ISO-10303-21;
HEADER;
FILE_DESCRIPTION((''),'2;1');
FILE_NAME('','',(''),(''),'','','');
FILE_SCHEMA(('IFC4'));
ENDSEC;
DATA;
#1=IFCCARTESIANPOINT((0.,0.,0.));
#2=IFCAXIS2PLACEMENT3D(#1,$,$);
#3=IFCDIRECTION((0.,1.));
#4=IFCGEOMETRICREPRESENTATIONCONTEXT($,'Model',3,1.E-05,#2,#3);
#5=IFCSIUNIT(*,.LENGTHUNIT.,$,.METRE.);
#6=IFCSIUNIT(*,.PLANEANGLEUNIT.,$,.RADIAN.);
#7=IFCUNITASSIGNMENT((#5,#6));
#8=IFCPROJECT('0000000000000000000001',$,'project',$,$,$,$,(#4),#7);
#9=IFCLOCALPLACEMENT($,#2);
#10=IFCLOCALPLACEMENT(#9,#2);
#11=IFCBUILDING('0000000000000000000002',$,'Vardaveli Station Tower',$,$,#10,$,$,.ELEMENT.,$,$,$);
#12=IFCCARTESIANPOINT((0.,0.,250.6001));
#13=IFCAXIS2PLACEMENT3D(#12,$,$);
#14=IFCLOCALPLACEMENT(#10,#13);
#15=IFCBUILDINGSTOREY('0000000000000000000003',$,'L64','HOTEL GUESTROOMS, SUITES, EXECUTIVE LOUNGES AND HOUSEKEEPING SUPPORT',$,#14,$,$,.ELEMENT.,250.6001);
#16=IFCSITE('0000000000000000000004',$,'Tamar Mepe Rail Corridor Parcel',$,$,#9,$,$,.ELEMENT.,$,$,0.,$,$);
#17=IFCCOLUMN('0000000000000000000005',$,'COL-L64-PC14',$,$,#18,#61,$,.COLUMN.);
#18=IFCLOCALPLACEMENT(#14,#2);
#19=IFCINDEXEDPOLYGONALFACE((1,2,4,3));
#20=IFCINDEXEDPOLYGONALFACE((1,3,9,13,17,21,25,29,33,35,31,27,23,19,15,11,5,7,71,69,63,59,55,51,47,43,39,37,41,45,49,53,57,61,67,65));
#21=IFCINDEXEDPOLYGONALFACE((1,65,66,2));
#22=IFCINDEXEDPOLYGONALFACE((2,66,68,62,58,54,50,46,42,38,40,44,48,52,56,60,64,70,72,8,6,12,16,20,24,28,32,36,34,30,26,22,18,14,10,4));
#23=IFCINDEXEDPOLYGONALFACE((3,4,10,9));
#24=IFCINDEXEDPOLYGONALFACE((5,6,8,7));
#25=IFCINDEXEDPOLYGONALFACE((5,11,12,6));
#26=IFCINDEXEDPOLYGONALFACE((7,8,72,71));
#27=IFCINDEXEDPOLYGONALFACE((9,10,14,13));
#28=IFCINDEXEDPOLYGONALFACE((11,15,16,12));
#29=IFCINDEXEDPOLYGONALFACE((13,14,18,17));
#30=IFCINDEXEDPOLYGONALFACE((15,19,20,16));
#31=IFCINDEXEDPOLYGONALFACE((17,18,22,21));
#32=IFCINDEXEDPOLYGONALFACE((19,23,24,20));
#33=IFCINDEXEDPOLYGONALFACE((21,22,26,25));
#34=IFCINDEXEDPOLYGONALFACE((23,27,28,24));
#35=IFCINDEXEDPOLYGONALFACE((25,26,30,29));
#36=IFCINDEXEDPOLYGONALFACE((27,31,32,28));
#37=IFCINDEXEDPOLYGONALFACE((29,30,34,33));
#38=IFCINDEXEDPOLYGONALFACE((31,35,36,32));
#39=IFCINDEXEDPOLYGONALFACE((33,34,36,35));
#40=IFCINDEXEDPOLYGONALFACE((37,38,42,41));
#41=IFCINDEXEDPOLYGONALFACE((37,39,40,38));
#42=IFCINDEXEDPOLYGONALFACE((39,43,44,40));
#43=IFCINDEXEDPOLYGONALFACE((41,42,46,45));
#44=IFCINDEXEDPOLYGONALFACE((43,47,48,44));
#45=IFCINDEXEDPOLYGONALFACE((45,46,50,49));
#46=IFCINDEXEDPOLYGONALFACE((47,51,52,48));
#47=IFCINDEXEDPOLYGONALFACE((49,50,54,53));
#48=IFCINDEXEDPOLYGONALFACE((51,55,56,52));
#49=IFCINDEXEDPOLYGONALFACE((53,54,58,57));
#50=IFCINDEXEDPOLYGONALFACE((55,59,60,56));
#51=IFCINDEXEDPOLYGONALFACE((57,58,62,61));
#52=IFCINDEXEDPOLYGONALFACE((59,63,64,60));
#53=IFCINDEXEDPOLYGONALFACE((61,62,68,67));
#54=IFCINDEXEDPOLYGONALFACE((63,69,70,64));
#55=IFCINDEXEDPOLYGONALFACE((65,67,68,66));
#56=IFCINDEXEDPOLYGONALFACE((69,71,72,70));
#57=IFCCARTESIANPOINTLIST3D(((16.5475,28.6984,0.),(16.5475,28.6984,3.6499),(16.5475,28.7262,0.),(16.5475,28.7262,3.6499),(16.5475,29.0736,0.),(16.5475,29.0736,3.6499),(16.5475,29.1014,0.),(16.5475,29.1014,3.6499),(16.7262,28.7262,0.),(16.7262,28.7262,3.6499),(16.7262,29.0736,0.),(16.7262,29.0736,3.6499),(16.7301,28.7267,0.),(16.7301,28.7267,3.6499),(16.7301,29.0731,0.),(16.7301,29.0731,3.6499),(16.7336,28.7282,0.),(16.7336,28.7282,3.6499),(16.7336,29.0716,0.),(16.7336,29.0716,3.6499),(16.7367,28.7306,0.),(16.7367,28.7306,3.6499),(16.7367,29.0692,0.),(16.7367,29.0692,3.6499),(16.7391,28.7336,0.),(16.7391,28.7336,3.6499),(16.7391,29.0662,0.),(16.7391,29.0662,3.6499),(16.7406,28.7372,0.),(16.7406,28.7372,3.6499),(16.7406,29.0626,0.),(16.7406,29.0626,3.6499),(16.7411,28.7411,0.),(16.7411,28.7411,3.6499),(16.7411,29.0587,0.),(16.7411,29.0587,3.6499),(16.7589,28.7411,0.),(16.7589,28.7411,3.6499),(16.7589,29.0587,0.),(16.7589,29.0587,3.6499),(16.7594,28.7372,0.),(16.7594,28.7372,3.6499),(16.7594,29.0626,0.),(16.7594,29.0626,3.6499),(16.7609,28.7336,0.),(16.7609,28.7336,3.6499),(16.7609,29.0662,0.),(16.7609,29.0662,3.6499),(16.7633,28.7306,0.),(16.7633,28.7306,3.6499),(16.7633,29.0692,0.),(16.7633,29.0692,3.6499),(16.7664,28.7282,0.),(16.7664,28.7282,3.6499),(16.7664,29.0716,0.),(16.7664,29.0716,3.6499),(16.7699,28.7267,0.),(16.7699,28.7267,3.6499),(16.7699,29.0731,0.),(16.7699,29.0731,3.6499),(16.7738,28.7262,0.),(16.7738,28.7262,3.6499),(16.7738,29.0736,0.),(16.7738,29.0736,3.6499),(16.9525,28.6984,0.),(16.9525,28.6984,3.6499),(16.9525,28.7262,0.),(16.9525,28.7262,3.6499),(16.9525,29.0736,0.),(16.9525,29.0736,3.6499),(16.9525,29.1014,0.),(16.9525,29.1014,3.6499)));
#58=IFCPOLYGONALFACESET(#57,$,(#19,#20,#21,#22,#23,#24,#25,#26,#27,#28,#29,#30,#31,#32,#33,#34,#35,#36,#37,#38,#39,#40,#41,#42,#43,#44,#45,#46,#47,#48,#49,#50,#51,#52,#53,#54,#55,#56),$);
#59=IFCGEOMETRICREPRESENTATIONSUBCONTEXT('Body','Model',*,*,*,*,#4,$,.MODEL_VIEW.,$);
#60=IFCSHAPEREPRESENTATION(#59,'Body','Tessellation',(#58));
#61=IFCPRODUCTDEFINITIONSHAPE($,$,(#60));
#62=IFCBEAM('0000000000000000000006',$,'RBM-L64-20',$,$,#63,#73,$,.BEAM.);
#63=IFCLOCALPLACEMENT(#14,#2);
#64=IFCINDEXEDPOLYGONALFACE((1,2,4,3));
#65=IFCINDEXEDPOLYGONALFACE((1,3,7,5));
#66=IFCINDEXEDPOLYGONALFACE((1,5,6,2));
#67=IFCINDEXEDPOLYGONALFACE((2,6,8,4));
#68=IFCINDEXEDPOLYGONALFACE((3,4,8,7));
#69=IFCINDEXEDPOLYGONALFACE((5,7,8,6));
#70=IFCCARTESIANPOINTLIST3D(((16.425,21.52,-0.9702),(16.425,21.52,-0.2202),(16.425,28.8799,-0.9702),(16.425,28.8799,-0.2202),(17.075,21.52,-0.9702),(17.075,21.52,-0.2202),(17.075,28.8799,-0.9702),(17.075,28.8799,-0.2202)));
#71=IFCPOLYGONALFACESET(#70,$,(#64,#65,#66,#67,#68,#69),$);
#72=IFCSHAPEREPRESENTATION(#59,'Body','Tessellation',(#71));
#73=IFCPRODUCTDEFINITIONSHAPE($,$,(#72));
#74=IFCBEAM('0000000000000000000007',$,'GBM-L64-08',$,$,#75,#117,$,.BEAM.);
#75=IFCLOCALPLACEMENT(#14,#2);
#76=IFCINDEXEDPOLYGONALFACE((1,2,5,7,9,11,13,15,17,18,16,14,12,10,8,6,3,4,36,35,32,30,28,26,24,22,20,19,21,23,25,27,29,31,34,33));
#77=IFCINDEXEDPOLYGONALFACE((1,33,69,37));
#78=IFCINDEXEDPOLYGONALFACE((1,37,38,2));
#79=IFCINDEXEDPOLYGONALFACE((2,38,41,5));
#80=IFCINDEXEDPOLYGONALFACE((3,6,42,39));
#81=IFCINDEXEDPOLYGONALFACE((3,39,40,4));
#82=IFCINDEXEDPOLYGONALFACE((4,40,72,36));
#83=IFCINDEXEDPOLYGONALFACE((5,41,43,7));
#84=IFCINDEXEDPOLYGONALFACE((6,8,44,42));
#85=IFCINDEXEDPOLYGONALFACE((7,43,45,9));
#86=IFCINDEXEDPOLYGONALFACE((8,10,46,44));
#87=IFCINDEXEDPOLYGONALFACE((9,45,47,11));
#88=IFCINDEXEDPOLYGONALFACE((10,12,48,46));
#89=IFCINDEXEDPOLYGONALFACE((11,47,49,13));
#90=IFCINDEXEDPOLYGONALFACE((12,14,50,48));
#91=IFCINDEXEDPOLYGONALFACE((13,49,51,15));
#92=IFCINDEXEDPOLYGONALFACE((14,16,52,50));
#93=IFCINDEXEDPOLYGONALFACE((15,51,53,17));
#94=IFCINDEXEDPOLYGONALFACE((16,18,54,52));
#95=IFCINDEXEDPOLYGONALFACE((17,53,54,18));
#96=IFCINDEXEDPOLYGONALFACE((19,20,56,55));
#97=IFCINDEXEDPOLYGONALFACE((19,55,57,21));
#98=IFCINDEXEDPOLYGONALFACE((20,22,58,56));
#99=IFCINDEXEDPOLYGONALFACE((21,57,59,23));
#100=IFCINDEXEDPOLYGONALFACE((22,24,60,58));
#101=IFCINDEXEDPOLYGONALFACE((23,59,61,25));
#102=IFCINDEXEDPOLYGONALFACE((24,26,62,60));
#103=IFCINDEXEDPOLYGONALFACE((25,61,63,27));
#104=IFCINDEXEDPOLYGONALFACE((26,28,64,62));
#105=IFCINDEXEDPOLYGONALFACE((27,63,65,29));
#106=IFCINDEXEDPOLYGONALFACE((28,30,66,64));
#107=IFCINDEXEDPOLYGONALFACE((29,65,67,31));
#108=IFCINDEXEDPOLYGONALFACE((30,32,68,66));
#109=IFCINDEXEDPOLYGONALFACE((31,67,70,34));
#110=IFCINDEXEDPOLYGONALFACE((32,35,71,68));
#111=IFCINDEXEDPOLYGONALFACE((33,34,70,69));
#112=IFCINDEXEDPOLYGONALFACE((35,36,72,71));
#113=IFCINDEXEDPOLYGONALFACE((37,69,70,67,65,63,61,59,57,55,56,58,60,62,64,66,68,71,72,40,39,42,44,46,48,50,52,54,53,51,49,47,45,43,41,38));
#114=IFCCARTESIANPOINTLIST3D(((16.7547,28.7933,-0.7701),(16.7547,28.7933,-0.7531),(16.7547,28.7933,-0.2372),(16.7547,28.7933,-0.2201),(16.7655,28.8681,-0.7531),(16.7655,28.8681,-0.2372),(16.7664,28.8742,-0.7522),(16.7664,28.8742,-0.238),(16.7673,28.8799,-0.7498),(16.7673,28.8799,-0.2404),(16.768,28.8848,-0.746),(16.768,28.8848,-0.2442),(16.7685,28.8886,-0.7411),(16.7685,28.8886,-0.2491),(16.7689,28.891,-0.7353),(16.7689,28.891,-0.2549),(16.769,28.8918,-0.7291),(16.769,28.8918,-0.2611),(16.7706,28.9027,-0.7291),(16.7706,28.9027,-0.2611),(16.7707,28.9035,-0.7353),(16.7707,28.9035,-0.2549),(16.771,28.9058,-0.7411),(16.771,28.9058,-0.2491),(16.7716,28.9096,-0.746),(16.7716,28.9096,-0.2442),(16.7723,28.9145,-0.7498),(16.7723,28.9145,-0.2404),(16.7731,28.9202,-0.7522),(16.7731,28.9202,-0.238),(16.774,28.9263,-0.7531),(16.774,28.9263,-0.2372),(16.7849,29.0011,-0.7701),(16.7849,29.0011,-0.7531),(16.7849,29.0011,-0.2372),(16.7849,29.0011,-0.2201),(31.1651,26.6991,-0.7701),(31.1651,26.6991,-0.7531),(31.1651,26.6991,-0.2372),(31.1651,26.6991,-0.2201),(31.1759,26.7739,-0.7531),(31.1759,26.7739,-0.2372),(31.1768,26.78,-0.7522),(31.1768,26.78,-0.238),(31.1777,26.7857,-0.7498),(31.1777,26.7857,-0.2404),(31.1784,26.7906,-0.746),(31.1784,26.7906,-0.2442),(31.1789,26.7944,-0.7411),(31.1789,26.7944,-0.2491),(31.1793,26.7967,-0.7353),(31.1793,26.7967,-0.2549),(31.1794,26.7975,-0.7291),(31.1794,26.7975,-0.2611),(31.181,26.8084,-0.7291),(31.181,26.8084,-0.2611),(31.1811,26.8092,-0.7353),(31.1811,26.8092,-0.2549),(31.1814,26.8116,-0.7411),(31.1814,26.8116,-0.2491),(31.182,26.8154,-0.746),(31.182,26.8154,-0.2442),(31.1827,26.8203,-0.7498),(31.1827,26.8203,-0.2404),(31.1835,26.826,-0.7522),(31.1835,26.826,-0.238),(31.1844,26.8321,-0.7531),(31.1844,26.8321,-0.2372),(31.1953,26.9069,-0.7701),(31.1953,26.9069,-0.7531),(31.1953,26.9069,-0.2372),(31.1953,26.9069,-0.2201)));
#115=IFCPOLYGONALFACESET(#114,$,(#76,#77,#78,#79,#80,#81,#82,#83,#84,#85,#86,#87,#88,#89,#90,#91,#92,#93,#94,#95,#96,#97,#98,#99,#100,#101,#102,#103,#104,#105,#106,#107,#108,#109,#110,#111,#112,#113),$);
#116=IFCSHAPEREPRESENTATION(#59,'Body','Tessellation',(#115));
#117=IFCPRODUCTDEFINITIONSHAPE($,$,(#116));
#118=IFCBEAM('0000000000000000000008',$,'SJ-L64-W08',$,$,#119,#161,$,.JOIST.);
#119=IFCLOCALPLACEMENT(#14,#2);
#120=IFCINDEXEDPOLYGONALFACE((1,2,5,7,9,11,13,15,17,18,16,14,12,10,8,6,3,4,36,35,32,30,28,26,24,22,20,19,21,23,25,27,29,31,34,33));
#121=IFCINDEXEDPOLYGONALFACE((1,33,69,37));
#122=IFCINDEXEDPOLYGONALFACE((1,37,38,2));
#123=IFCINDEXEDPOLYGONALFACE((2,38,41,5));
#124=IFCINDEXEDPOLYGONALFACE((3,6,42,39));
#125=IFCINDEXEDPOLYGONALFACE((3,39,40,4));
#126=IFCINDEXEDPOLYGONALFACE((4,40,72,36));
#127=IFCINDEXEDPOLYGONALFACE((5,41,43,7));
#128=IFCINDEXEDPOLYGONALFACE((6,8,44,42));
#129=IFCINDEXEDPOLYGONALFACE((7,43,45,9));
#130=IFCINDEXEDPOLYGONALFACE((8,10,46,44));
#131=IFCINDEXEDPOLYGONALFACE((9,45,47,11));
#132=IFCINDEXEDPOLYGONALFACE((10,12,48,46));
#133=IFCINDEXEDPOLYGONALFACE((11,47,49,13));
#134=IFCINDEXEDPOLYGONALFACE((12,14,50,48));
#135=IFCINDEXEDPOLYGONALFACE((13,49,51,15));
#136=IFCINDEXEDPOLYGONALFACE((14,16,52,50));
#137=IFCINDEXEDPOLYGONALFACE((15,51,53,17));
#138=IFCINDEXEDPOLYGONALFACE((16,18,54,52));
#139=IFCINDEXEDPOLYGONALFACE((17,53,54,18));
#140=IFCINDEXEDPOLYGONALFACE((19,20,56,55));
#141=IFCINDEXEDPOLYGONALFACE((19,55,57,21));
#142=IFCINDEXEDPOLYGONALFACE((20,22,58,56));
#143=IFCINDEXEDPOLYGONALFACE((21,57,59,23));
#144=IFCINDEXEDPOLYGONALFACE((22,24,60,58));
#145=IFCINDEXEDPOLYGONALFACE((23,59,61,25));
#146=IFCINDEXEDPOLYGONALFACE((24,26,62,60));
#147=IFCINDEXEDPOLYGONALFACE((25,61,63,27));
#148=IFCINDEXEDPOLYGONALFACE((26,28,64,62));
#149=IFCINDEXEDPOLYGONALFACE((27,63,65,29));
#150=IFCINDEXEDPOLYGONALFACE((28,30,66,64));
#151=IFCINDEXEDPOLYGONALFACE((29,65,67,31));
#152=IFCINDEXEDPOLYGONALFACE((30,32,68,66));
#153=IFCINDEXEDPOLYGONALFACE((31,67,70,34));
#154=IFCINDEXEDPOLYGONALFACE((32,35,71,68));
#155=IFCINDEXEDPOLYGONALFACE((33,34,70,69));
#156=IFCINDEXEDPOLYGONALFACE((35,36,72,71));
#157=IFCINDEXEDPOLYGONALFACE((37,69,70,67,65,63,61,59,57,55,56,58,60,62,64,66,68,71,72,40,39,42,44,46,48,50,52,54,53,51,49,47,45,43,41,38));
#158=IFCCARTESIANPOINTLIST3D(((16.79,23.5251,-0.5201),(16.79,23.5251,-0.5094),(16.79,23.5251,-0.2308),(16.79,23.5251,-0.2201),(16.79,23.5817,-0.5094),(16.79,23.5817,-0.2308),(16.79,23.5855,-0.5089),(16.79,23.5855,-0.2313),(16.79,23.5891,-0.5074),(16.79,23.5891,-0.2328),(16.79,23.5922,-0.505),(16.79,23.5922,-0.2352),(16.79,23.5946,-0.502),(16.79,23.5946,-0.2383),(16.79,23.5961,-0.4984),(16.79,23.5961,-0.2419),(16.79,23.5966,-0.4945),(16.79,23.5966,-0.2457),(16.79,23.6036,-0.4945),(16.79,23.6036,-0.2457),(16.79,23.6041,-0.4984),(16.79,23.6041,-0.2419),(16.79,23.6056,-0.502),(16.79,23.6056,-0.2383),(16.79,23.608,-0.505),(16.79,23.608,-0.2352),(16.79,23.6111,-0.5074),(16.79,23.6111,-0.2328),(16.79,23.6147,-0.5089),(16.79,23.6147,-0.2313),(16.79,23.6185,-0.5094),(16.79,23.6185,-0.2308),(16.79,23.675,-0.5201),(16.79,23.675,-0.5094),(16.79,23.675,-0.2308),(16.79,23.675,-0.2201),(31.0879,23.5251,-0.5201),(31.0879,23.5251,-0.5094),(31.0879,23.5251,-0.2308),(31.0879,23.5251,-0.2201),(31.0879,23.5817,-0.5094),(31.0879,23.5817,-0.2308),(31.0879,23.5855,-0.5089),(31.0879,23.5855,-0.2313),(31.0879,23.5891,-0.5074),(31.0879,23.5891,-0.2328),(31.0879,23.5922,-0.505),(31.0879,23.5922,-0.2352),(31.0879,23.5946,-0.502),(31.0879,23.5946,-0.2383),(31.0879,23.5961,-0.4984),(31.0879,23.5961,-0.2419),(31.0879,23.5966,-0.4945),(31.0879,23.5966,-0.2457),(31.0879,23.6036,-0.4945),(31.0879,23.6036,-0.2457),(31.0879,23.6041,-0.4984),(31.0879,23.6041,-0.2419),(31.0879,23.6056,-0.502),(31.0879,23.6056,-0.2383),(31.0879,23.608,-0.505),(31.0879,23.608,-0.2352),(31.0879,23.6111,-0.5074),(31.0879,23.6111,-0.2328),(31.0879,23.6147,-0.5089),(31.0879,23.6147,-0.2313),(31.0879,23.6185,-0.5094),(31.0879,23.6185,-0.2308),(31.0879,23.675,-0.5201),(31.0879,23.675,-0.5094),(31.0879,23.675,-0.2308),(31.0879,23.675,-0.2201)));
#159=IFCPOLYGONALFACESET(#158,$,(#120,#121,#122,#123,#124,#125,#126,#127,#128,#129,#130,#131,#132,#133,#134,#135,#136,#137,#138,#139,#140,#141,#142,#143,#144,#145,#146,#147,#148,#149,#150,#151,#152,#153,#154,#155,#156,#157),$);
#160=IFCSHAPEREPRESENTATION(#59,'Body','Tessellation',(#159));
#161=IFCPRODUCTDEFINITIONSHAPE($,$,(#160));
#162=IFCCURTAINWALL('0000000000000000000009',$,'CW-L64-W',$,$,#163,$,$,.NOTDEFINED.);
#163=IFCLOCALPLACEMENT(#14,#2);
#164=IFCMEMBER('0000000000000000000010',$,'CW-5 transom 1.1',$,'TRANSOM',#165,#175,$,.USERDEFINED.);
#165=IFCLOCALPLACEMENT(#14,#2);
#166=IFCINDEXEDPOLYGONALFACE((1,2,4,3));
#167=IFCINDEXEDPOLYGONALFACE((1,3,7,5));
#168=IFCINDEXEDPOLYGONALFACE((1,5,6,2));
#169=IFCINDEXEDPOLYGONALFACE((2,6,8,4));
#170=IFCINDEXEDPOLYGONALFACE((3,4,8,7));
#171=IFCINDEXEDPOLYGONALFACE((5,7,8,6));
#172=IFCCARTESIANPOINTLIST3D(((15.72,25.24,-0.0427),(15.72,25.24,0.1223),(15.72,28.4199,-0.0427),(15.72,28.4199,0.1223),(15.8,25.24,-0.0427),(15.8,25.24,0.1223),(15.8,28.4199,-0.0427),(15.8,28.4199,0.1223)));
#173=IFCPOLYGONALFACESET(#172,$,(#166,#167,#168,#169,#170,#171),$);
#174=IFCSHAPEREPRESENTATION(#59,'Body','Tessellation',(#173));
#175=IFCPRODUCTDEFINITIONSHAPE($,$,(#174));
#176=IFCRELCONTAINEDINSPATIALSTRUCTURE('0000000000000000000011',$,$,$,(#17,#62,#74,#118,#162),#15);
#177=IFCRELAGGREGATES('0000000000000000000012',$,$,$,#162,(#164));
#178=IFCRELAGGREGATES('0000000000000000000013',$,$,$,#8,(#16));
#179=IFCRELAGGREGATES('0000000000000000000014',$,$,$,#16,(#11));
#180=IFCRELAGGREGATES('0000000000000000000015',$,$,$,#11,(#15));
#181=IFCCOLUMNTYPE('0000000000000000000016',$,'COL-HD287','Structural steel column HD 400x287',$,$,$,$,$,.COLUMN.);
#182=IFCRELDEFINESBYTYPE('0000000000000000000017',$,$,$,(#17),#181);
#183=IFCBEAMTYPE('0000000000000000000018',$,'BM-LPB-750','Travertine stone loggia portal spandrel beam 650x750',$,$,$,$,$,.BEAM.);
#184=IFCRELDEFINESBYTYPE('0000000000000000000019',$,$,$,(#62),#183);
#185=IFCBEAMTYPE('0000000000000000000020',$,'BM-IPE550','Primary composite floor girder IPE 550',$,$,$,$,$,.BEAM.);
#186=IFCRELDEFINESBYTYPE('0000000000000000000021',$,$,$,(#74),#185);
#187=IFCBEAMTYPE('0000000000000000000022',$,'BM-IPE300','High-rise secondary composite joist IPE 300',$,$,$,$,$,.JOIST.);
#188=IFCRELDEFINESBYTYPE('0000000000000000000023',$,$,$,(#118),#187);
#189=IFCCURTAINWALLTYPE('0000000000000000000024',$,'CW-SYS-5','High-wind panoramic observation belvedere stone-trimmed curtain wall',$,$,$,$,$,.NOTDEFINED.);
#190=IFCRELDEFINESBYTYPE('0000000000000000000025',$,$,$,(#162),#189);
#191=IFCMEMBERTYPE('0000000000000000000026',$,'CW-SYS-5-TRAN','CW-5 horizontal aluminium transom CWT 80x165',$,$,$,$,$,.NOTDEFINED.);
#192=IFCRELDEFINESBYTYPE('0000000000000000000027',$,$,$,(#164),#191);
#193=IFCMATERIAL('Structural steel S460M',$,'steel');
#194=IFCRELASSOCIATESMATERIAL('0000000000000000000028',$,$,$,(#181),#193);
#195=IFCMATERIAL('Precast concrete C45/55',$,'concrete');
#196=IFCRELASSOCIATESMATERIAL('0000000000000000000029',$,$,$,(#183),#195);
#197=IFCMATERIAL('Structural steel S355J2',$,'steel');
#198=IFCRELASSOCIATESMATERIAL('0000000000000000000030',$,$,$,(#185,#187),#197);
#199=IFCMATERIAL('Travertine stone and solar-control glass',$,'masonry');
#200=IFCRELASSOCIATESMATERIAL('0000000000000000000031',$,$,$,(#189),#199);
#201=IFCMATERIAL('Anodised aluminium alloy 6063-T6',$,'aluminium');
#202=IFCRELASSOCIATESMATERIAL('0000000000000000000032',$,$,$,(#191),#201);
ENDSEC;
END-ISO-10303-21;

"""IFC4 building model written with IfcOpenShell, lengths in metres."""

from ifc_helpers import new_model, si_unit, direction, frame, origin, origin_2d, place, context, subcontext, project, spatial, rectangle, i_section, extrude, source, transform, mapped, material, material_profile, profile_set, type_object, element, aggregate, save


model = new_model("IFC4")

# Units and contexts
model_context = context("Model", 3, precision=1e-05, world=origin(), true_north=direction((0.0, 1.0)))
body_context = subcontext(model_context, "Body", "Model", "MODEL_VIEW")
ifc_project = project(units=[si_unit("LENGTHUNIT", "METRE"), si_unit("PLANEANGLEUNIT", "RADIAN")], contexts=[model_context])

# Site, building, storey
site_placement = place(None, origin())
site = spatial("IfcSite", under=ifc_project, at=site_placement, Name="Tamar Mepe Rail Corridor Parcel", CompositionType="ELEMENT", RefElevation=0.0)
building_placement = place(site_placement, origin())
building = spatial("IfcBuilding", under=site, at=building_placement, Name="Vardaveli Station Tower", CompositionType="ELEMENT")
storey_placement = place(building_placement, frame((0.0, 0.0, 250.6001)))
storey = spatial("IfcBuildingStorey", under=building, at=storey_placement, Name="L64", Description="HOTEL GUESTROOMS, SUITES, EXECUTIVE LOUNGES AND HOUSEKEEPING SUPPORT", CompositionType="ELEMENT", Elevation=250.6001)

# Column
ifc_material_1 = material(Name="Structural steel S460M", Category="steel")
ifc_material_profile_1 = material_profile(ifc_material_1, i_section(OverallWidth=0.405, OverallDepth=0.4031, WebThickness=0.0178, FlangeThickness=0.0278, FilletRadius=0.0149, at=origin_2d()), Name="HD 400x287")
ifc_profile_set_1 = profile_set([ifc_material_profile_1], Name="Structural steel S460M")
column_type = type_object("IfcColumnType", Name="COL-HD287", Description="Structural steel column HD 400x287", PredefinedType="COLUMN", material=ifc_profile_set_1)
shared_shape_1 = source(origin(), body_context, "Body", "SweptSolid", [
    extrude(i_section(OverallWidth=0.405, OverallDepth=0.4031, WebThickness=0.0178, FlangeThickness=0.0278, FilletRadius=0.0149, at=origin_2d()), origin(), (0.0, 0.0, 1.0), 3.6499),
])
column_placement = place(storey_placement, frame((16.75, 28.8999, 0.0), z_axis=(0.0, 0.0, 1.0), x_axis=(1.0, 0.0, 0.0)))
element("IfcColumn", 1, at=column_placement, inside=storey, type_object=column_type, Name="COL-L64-PC14", PredefinedType="COLUMN", context=body_context, shape_type="MappedRepresentation", body=[
    mapped(shared_shape_1, transform((0.0, 0.0, 0.0), scale=1.0)),
])

# Beams
ifc_material_2 = material(Name="Precast concrete C45/55", Category="concrete")
ifc_material_profile_2 = material_profile(ifc_material_2, rectangle(XDim=0.6499, YDim=0.75, at=origin_2d()), Name="LPB 650x750")
ifc_profile_set_2 = profile_set([ifc_material_profile_2], Name="Precast concrete C45/55")
beam_type_1 = type_object("IfcBeamType", Name="BM-LPB-750", Description="Travertine stone loggia portal spandrel beam 650x750", PredefinedType="BEAM", material=ifc_profile_set_2)
shared_shape_2 = source(origin(), body_context, "Body", "SweptSolid", [
    extrude(rectangle(XDim=0.6499, YDim=0.75, at=origin_2d()), origin(), (0.0, 0.0, 1.0), 7.3599),
])
beam_1_placement = place(storey_placement, frame((16.75, 28.8799, -0.5952), z_axis=(0.0, -1.0, 0.0), x_axis=(1.0, 0.0, 0.0)))
element("IfcBeam", 2, at=beam_1_placement, inside=storey, type_object=beam_type_1, Name="RBM-L64-20", PredefinedType="BEAM", context=body_context, shape_type="MappedRepresentation", body=[
    mapped(shared_shape_2, transform((0.0, 0.0, 0.0), scale=1.0)),
])
ifc_material_3 = material(Name="Structural steel S355J2", Category="steel")
ifc_material_profile_3 = material_profile(ifc_material_3, i_section(OverallWidth=0.21, OverallDepth=0.55, WebThickness=0.011, FlangeThickness=0.0171, FilletRadius=0.0239, at=origin_2d()), Name="IPE 550")
ifc_profile_set_3 = profile_set([ifc_material_profile_3], Name="Structural steel S355J2")
beam_type_2 = type_object("IfcBeamType", Name="BM-IPE550", Description="Primary composite floor girder IPE 550", PredefinedType="BEAM", material=ifc_profile_set_3)
shared_shape_3 = source(origin(), body_context, "Body", "SweptSolid", [
    extrude(i_section(OverallWidth=0.21, OverallDepth=0.55, WebThickness=0.011, FlangeThickness=0.0171, FilletRadius=0.0239, at=origin_2d()), origin(), (0.0, 0.0, 1.0), 14.5618),
])
beam_2_placement = place(storey_placement, frame((16.7698, 28.8972, -0.4951), z_axis=(0.989604, -0.143817, 0.0), x_axis=(0.143817, 0.989604, 0.0)))
element("IfcBeam", 3, at=beam_2_placement, inside=storey, type_object=beam_type_2, Name="GBM-L64-08", PredefinedType="BEAM", context=body_context, shape_type="MappedRepresentation", body=[
    mapped(shared_shape_3, transform((0.0, 0.0, 0.0), scale=1.0)),
])
ifc_material_profile_4 = material_profile(ifc_material_3, i_section(OverallWidth=0.1499, OverallDepth=0.3, WebThickness=0.0071, FlangeThickness=0.0107, FilletRadius=0.0149, at=origin_2d()), Name="IPE 300")
ifc_profile_set_4 = profile_set([ifc_material_profile_4], Name="Structural steel S355J2")
beam_type_3 = type_object("IfcBeamType", Name="BM-IPE300", Description="High-rise secondary composite joist IPE 300", PredefinedType="JOIST", material=ifc_profile_set_4)
shared_shape_4 = source(origin(), body_context, "Body", "SweptSolid", [
    extrude(i_section(OverallWidth=0.1499, OverallDepth=0.3, WebThickness=0.0071, FlangeThickness=0.0107, FilletRadius=0.0149, at=origin_2d()), origin(), (0.0, 0.0, 1.0), 14.2979),
])
beam_3_placement = place(storey_placement, frame((16.79, 23.6001, -0.3701), z_axis=(1.0, 0.0, 0.0), x_axis=(0.0, 1.0, 0.0)))
element("IfcBeam", 4, at=beam_3_placement, inside=storey, type_object=beam_type_3, Name="SJ-L64-W08", PredefinedType="JOIST", context=body_context, shape_type="MappedRepresentation", body=[
    mapped(shared_shape_4, transform((0.0, 0.0, 0.0), scale=1.0)),
])

# Curtain wall, member
ifc_material_4 = material(Name="Travertine stone and solar-control glass", Category="masonry")
curtain_wall_type = type_object("IfcCurtainWallType", Name="CW-SYS-5", Description="High-wind panoramic observation belvedere stone-trimmed curtain wall", PredefinedType="NOTDEFINED", material=ifc_material_4)
curtain_wall_placement = place(storey_placement, origin())
curtain_wall = element("IfcCurtainWall", 5, at=curtain_wall_placement, inside=storey, type_object=curtain_wall_type, Name="CW-L64-W", PredefinedType="NOTDEFINED")
ifc_material_5 = material(Name="Anodised aluminium alloy 6063-T6", Category="aluminium")
ifc_material_profile_5 = material_profile(ifc_material_5, rectangle(XDim=0.0801, YDim=0.165, at=origin_2d()), Name="CWT 80x165")
ifc_profile_set_5 = profile_set([ifc_material_profile_5], Name="Anodised aluminium alloy 6063-T6")
member_type_1 = type_object("IfcMemberType", Name="CW-SYS-5-TRAN", Description="CW-5 horizontal aluminium transom CWT 80x165", PredefinedType="NOTDEFINED", material=ifc_profile_set_5)
shared_shape_5 = source(origin(), body_context, "Body", "SweptSolid", [
    extrude(rectangle(XDim=0.0801, YDim=0.165, at=origin_2d()), origin(), (0.0, 0.0, 1.0), 3.1799),
])
member_1_placement = place(storey_placement, frame((15.76, 28.4199, 0.0398), z_axis=(0.0, -1.0, 0.0), x_axis=(1.0, 0.0, 0.0)))
member_1 = element("IfcMember", 6, at=member_1_placement, type_object=member_type_1, Name="CW-5 transom 1.1", ObjectType="TRANSOM", PredefinedType="USERDEFINED", context=body_context, shape_type="MappedRepresentation", body=[
    mapped(shared_shape_5, transform((0.0, 0.0, 0.0), scale=1.0)),
])
aggregate(curtain_wall, [member_1])

save(model, "model.ifc")
